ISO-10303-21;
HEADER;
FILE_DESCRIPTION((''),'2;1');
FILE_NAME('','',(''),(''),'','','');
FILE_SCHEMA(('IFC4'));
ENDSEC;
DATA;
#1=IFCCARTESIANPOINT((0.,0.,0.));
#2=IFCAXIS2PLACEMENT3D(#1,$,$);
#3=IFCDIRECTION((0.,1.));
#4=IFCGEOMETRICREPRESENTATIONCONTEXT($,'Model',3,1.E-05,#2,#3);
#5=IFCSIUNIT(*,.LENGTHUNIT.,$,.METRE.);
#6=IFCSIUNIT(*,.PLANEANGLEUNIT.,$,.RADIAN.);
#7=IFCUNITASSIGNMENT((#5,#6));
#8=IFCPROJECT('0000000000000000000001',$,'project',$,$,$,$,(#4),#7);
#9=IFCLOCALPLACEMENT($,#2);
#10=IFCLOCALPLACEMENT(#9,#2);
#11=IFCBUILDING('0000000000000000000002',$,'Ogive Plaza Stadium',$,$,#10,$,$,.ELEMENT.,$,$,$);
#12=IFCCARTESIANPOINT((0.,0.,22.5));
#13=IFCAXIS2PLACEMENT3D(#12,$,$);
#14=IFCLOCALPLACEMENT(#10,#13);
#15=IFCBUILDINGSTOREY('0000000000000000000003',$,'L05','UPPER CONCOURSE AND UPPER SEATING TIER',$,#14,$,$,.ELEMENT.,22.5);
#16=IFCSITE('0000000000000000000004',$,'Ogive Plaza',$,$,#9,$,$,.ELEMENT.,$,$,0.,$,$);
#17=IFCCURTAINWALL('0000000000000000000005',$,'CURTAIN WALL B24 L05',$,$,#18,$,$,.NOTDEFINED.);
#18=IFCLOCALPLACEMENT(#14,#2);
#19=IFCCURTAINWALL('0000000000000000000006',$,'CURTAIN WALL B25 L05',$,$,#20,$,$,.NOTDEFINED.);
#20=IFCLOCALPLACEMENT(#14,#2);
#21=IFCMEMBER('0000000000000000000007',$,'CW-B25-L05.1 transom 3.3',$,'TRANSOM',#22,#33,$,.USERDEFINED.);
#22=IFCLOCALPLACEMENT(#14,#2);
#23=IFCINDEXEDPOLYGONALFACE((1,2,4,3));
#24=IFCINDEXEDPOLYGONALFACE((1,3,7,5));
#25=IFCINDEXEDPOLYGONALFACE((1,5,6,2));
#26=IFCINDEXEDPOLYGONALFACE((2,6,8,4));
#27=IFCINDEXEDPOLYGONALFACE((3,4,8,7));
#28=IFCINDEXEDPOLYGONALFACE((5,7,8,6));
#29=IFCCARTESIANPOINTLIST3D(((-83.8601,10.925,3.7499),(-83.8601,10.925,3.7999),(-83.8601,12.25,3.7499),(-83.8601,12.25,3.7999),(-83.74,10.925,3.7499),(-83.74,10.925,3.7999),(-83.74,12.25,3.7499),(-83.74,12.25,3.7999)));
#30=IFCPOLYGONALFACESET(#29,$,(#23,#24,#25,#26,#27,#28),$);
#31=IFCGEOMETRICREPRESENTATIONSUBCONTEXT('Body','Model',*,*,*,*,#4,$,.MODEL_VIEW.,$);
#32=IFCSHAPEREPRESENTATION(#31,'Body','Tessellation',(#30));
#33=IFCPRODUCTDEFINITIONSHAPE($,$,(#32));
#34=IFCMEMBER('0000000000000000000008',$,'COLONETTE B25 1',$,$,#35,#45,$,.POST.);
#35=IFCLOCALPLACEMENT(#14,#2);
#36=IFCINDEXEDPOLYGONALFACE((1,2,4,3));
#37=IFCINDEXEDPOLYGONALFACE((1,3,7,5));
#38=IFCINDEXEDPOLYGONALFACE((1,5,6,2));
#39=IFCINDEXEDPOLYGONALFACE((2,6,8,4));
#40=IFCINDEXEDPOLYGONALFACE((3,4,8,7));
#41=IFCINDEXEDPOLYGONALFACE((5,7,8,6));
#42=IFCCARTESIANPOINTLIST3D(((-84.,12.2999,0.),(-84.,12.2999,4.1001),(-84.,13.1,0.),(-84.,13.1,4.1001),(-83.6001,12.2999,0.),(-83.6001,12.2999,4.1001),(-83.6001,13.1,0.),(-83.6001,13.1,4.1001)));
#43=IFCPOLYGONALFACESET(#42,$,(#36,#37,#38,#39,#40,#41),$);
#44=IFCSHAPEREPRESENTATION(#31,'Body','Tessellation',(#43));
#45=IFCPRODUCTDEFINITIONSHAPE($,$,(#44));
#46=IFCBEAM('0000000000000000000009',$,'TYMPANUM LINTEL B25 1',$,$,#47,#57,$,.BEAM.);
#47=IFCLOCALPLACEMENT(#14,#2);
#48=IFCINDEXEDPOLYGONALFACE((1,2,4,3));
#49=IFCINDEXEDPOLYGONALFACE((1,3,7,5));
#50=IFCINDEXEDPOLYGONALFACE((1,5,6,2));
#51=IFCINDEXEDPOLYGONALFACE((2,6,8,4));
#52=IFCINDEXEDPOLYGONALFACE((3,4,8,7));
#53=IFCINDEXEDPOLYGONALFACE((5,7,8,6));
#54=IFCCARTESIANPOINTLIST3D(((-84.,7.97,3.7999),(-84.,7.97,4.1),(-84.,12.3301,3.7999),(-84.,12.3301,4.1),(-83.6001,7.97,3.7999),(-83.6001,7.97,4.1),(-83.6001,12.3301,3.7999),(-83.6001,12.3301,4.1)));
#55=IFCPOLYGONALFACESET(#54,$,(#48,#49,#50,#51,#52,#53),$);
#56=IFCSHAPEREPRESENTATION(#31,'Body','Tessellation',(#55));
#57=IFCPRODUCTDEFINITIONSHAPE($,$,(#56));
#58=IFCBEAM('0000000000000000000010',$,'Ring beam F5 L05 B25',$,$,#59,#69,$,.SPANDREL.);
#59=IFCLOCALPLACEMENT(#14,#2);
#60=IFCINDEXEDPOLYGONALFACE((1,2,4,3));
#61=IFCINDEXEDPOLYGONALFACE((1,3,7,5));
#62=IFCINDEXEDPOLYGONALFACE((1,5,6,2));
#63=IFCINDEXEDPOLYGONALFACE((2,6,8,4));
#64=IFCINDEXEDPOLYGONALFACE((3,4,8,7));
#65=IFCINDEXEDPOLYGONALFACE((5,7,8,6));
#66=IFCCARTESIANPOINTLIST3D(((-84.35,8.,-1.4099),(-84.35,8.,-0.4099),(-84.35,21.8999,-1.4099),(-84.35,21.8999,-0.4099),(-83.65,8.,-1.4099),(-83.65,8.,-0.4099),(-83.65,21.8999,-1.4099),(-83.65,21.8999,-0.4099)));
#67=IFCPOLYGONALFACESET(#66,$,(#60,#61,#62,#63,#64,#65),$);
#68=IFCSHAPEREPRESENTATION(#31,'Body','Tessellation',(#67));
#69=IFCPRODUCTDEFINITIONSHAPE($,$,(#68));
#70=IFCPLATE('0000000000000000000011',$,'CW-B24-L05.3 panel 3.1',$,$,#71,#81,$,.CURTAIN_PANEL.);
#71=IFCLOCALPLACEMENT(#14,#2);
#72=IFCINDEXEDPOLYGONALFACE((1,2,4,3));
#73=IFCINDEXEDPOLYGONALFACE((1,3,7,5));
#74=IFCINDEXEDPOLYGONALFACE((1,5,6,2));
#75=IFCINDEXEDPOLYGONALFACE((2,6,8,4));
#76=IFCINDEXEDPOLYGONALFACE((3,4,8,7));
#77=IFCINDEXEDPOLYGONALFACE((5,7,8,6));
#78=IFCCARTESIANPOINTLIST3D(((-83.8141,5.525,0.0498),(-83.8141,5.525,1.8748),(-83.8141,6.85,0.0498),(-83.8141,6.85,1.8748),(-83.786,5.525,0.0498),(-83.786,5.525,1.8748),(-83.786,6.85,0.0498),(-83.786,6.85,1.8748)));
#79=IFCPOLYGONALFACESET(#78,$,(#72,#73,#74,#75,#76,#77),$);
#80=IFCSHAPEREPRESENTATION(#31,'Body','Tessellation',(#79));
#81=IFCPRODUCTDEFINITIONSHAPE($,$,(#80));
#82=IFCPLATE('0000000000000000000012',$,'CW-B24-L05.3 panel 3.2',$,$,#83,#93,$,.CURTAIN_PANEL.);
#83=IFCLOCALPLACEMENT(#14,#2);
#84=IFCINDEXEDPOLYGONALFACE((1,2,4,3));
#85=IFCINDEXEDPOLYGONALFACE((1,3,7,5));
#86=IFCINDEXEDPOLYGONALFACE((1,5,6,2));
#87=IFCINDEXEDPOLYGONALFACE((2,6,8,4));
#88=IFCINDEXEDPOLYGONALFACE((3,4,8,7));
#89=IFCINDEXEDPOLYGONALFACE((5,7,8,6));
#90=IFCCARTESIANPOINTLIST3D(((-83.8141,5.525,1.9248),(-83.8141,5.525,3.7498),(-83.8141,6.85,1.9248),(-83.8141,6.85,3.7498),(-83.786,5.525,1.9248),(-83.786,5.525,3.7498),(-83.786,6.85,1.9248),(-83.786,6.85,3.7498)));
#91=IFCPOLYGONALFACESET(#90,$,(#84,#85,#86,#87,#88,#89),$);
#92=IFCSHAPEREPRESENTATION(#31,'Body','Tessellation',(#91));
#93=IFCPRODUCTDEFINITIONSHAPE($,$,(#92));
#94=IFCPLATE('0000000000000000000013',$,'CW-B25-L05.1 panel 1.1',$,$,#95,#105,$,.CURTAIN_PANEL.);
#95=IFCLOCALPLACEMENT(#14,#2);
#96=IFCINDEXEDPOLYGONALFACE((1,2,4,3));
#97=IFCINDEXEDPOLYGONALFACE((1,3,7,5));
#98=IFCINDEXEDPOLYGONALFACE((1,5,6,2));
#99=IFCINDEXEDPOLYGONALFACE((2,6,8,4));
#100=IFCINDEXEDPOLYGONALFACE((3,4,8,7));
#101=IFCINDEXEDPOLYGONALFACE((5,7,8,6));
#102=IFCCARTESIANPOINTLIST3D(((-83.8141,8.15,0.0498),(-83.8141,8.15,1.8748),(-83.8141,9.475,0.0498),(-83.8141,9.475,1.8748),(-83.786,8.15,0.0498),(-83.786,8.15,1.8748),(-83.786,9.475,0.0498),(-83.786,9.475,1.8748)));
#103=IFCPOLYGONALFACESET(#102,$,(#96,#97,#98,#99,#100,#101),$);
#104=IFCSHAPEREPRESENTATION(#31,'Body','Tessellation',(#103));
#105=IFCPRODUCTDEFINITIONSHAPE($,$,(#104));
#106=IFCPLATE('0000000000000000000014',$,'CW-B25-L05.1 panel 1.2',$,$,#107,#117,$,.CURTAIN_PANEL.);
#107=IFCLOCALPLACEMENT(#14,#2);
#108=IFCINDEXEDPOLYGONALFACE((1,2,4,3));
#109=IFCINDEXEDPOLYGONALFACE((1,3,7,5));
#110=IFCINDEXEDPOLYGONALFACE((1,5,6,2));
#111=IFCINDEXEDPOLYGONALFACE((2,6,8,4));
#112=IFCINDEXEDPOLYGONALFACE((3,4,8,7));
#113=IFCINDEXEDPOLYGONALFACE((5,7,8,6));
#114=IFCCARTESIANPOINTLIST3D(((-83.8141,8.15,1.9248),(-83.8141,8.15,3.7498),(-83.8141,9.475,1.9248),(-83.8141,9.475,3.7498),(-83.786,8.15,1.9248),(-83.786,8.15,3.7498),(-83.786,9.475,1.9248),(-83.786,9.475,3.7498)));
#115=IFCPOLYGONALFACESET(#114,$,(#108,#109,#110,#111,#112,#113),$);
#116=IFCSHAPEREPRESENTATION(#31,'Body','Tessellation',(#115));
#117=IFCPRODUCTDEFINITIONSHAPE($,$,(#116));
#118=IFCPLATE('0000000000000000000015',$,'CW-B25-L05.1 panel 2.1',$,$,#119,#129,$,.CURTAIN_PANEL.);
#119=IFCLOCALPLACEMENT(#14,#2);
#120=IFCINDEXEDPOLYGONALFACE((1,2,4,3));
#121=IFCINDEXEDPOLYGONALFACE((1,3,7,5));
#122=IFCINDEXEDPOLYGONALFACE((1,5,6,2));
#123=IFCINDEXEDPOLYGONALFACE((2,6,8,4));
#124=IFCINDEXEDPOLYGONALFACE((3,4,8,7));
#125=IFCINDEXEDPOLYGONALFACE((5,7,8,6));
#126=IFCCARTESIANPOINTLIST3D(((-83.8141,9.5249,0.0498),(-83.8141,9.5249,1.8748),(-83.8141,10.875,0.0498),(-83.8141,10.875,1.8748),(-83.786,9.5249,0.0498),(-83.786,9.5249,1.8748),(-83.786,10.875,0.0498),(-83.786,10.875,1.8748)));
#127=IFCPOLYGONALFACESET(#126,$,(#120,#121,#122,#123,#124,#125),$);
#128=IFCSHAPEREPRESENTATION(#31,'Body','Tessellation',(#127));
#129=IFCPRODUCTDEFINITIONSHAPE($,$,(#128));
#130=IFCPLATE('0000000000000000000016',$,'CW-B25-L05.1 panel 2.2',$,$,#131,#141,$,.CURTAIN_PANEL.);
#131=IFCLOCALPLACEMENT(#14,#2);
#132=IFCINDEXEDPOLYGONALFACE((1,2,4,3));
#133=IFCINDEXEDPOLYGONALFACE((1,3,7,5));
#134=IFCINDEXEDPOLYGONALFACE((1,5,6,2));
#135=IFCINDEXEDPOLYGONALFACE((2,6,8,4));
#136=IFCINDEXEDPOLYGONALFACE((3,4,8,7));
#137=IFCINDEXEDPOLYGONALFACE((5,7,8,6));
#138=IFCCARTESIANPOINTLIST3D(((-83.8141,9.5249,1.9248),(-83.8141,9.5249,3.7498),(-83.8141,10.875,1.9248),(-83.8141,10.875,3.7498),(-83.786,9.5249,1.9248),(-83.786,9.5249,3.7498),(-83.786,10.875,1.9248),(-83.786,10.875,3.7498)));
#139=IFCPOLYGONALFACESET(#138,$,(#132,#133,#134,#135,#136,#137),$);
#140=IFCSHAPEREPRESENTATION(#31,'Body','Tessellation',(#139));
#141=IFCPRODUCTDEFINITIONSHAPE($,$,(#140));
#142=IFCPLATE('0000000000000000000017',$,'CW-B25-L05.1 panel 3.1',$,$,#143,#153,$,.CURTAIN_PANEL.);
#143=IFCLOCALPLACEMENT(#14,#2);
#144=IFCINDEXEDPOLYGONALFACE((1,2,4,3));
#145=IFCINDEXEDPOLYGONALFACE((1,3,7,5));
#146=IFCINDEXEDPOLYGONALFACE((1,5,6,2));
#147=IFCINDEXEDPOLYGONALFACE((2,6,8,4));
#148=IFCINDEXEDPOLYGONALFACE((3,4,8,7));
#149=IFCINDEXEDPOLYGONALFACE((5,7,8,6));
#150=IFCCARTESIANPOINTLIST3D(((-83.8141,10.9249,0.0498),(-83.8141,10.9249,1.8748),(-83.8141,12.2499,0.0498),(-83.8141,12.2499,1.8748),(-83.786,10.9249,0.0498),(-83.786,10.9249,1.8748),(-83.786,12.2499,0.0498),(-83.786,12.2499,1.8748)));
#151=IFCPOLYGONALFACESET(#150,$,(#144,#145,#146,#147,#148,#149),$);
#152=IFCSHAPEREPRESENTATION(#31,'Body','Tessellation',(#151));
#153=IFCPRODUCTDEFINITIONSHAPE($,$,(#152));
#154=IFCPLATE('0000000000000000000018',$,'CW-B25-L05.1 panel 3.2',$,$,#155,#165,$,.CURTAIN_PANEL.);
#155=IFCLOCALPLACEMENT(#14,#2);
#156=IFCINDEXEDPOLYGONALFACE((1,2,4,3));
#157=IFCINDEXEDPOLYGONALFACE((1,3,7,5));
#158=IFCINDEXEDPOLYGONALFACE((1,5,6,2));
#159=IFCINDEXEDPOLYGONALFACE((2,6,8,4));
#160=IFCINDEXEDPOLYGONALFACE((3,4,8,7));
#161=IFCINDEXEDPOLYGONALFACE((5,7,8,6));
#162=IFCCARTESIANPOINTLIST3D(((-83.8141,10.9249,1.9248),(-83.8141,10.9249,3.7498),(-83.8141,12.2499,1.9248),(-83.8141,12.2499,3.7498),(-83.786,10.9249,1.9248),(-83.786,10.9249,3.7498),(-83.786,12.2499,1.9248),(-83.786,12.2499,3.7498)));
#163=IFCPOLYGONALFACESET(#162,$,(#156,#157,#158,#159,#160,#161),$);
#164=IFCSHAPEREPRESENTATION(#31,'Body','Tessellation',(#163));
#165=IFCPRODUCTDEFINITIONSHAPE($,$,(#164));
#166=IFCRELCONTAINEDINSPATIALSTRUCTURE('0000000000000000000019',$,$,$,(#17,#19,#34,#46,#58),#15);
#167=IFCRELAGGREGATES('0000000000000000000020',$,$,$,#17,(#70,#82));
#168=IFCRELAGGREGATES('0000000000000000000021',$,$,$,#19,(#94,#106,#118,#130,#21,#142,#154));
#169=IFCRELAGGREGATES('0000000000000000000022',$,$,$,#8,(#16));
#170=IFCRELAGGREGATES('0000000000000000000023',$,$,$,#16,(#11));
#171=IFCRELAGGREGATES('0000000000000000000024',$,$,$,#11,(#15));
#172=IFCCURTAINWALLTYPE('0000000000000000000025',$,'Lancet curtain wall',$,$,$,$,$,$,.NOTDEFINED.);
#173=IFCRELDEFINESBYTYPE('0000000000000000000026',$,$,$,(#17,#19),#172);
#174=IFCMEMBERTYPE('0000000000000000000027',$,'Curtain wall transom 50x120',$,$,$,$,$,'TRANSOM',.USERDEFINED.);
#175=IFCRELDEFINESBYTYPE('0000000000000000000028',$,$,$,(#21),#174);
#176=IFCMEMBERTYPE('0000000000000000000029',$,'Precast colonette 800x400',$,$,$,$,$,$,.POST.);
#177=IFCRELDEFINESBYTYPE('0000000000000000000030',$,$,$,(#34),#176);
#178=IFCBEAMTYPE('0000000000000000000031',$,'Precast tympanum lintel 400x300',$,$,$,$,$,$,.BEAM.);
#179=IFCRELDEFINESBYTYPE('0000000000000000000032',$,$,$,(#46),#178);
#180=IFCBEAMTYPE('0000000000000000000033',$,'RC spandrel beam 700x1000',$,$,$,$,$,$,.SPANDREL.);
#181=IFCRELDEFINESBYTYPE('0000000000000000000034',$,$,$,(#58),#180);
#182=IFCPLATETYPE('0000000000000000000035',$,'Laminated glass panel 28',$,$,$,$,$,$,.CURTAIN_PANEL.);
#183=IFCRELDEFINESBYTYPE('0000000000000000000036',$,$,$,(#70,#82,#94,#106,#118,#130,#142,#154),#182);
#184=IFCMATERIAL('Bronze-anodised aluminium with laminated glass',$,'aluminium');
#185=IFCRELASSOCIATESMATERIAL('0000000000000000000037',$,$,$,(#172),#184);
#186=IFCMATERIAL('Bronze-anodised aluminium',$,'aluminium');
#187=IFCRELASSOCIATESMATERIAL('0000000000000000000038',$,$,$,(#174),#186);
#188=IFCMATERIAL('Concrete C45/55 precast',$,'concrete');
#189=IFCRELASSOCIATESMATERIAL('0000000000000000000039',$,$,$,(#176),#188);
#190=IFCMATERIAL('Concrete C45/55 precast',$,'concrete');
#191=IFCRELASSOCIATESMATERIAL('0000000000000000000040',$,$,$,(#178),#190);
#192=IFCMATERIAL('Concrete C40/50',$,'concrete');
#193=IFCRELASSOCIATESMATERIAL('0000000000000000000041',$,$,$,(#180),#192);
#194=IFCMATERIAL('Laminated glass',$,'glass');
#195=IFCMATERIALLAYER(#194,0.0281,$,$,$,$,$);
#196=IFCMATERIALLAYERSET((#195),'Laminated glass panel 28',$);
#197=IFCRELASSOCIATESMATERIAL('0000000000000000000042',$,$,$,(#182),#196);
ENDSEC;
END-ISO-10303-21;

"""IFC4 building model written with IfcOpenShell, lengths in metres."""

from ifc_helpers import new_model, si_unit, direction, frame, origin, origin_2d, place, context, subcontext, project, spatial, rectangle, extrude, material, layer, layer_set, material_profile, profile_set, type_object, element, aggregate, save


model = new_model("IFC4")

# Units and contexts
model_context = context("Model", 3, precision=1e-05, world=origin(), true_north=direction((0.0, 1.0)))
body_context = subcontext(model_context, "Body", "Model", "MODEL_VIEW")
ifc_project = project(units=[si_unit("LENGTHUNIT", "METRE"), si_unit("PLANEANGLEUNIT", "RADIAN")], contexts=[model_context])

# Site, building, storey
site_placement = place(None, origin())
site = spatial("IfcSite", under=ifc_project, at=site_placement, Name="Ogive Plaza", CompositionType="ELEMENT", RefElevation=0.0)
building_placement = place(site_placement, origin())
building = spatial("IfcBuilding", under=site, at=building_placement, Name="Ogive Plaza Stadium", CompositionType="ELEMENT")
storey_placement = place(building_placement, frame((0.0, 0.0, 22.5)))
storey = spatial("IfcBuildingStorey", under=building, at=storey_placement, Name="L05", Description="UPPER CONCOURSE AND UPPER SEATING TIER", CompositionType="ELEMENT", Elevation=22.5)

# Curtain wall
ifc_material_1 = material(Name="Bronze-anodised aluminium with laminated glass", Category="aluminium")
curtain_wall_type = type_object("IfcCurtainWallType", Name="Lancet curtain wall", PredefinedType="NOTDEFINED", material=ifc_material_1)
curtain_wall_1_placement = place(storey_placement, origin())
curtain_wall_1 = element("IfcCurtainWall", 1, at=curtain_wall_1_placement, inside=storey, type_object=curtain_wall_type, Name="CURTAIN WALL B24 L05", PredefinedType="NOTDEFINED")

# Curtain wall, member
curtain_wall_2_placement = place(storey_placement, origin())
curtain_wall_2 = element("IfcCurtainWall", 2, at=curtain_wall_2_placement, inside=storey, type_object=curtain_wall_type, Name="CURTAIN WALL B25 L05", PredefinedType="NOTDEFINED")
ifc_material_2 = material(Name="Bronze-anodised aluminium", Category="aluminium")
ifc_material_profile_1 = material_profile(ifc_material_2, rectangle(XDim=0.1201, YDim=0.05, at=origin_2d()), Name="AL 120x50")
ifc_profile_set_1 = profile_set([ifc_material_profile_1], Name="Bronze-anodised aluminium")
member_type_1 = type_object("IfcMemberType", Name="Curtain wall transom 50x120", ElementType="TRANSOM", PredefinedType="USERDEFINED", material=ifc_profile_set_1)
member_1_placement = place(storey_placement, frame((-83.8, 10.925, 3.7749), z_axis=(0.0, 1.0, 0.0), x_axis=(-1.0, 0.0, 0.0)))
member_1 = element("IfcMember", 3, at=member_1_placement, type_object=member_type_1, Name="CW-B25-L05.1 transom 3.3", ObjectType="TRANSOM", PredefinedType="USERDEFINED", context=body_context, shape_type="SweptSolid", body=[
    extrude(rectangle(XDim=0.1201, YDim=0.05, at=origin_2d()), origin(), (0.0, 0.0, 1.0), 1.325),
])

# Member
ifc_material_3 = material(Name="Concrete C45/55 precast", Category="concrete")
ifc_material_profile_2 = material_profile(ifc_material_3, rectangle(XDim=0.3999, YDim=0.8, at=origin_2d()), Name="RC 400x800")
ifc_profile_set_2 = profile_set([ifc_material_profile_2], Name="Concrete C45/55 precast")
member_type_2 = type_object("IfcMemberType", Name="Precast colonette 800x400", PredefinedType="POST", material=ifc_profile_set_2)
member_2_placement = place(storey_placement, frame((-83.8, 12.7, 0.0), z_axis=(0.0, 0.0, 1.0), x_axis=(-1.0, 0.0, 0.0)))
element("IfcMember", 4, at=member_2_placement, inside=storey, type_object=member_type_2, Name="COLONETTE B25 1", PredefinedType="POST", context=body_context, shape_type="SweptSolid", body=[
    extrude(rectangle(XDim=0.3999, YDim=0.8, at=origin_2d()), origin(), (0.0, 0.0, 1.0), 4.1001),
])

# Beams
ifc_material_4 = material(Name="Concrete C45/55 precast", Category="concrete")
ifc_material_profile_3 = material_profile(ifc_material_4, rectangle(XDim=0.3999, YDim=0.3, at=origin_2d()), Name="RC 400x300")
ifc_profile_set_3 = profile_set([ifc_material_profile_3], Name="Concrete C45/55 precast")
beam_type_1 = type_object("IfcBeamType", Name="Precast tympanum lintel 400x300", PredefinedType="BEAM", material=ifc_profile_set_3)
beam_1_placement = place(storey_placement, frame((-83.8, 7.97, 3.95), z_axis=(0.0, 1.0, 0.0), x_axis=(-1.0, 0.0, 0.0)))
element("IfcBeam", 5, at=beam_1_placement, inside=storey, type_object=beam_type_1, Name="TYMPANUM LINTEL B25 1", PredefinedType="BEAM", context=body_context, shape_type="SweptSolid", body=[
    extrude(rectangle(XDim=0.3999, YDim=0.3, at=origin_2d()), origin(), (0.0, 0.0, 1.0), 4.3601),
])
ifc_material_5 = material(Name="Concrete C40/50", Category="concrete")
ifc_material_profile_4 = material_profile(ifc_material_5, rectangle(XDim=0.7, YDim=1.0, at=origin_2d()), Name="RC 700x1000")
ifc_profile_set_4 = profile_set([ifc_material_profile_4], Name="Concrete C40/50")
beam_type_2 = type_object("IfcBeamType", Name="RC spandrel beam 700x1000", PredefinedType="SPANDREL", material=ifc_profile_set_4)
beam_2_placement = place(storey_placement, frame((-84.0, 8.0, -0.9099), z_axis=(0.0, 1.0, 0.0), x_axis=(-1.0, 0.0, 0.0)))
element("IfcBeam", 6, at=beam_2_placement, inside=storey, type_object=beam_type_2, Name="Ring beam F5 L05 B25", PredefinedType="SPANDREL", context=body_context, shape_type="SweptSolid", body=[
    extrude(rectangle(XDim=0.7, YDim=1.0, at=origin_2d()), origin(), (0.0, 0.0, 1.0), 13.8999),
])

# Plates
ifc_material_6 = material(Name="Laminated glass", Category="glass")
ifc_layer_1 = layer(ifc_material_6, 0.0281)
ifc_layer_set_1 = layer_set([ifc_layer_1], Name="Laminated glass panel 28")
plate_type = type_object("IfcPlateType", Name="Laminated glass panel 28", PredefinedType="CURTAIN_PANEL", material=ifc_layer_set_1)
plate_1_placement = place(storey_placement, frame((-83.8, 6.1875, 0.0498), z_axis=(0.0, 0.0, 1.0), x_axis=(0.0, 1.0, 0.0)))
plate_1 = element("IfcPlate", 7, at=plate_1_placement, type_object=plate_type, Name="CW-B24-L05.3 panel 3.1", PredefinedType="CURTAIN_PANEL", context=body_context, shape_type="SweptSolid", body=[
    extrude(rectangle(XDim=1.325, YDim=0.0281, at=origin_2d()), origin(), (0.0, 0.0, 1.0), 1.825),
])
plate_2_placement = place(storey_placement, frame((-83.8, 6.1875, 1.9248), z_axis=(0.0, 0.0, 1.0), x_axis=(0.0, 1.0, 0.0)))
plate_2 = element("IfcPlate", 8, at=plate_2_placement, type_object=plate_type, Name="CW-B24-L05.3 panel 3.2", PredefinedType="CURTAIN_PANEL", context=body_context, shape_type="SweptSolid", body=[
    extrude(rectangle(XDim=1.325, YDim=0.0281, at=origin_2d()), origin(), (0.0, 0.0, 1.0), 1.825),
])
aggregate(curtain_wall_1, [plate_1, plate_2])
plate_3_placement = place(storey_placement, frame((-83.8, 8.8125, 0.0498), z_axis=(0.0, 0.0, 1.0), x_axis=(0.0, 1.0, 0.0)))
plate_3 = element("IfcPlate", 9, at=plate_3_placement, type_object=plate_type, Name="CW-B25-L05.1 panel 1.1", PredefinedType="CURTAIN_PANEL", context=body_context, shape_type="SweptSolid", body=[
    extrude(rectangle(XDim=1.325, YDim=0.0281, at=origin_2d()), origin(), (0.0, 0.0, 1.0), 1.825),
])
plate_4_placement = place(storey_placement, frame((-83.8, 8.8125, 1.9248), z_axis=(0.0, 0.0, 1.0), x_axis=(0.0, 1.0, 0.0)))
plate_4 = element("IfcPlate", 10, at=plate_4_placement, type_object=plate_type, Name="CW-B25-L05.1 panel 1.2", PredefinedType="CURTAIN_PANEL", context=body_context, shape_type="SweptSolid", body=[
    extrude(rectangle(XDim=1.325, YDim=0.0281, at=origin_2d()), origin(), (0.0, 0.0, 1.0), 1.825),
])
plate_5_placement = place(storey_placement, frame((-83.8, 10.2, 0.0498), z_axis=(0.0, 0.0, 1.0), x_axis=(0.0, 1.0, 0.0)))
plate_5 = element("IfcPlate", 11, at=plate_5_placement, type_object=plate_type, Name="CW-B25-L05.1 panel 2.1", PredefinedType="CURTAIN_PANEL", context=body_context, shape_type="SweptSolid", body=[
    extrude(rectangle(XDim=1.3501, YDim=0.0281, at=origin_2d()), origin(), (0.0, 0.0, 1.0), 1.825),
])
plate_6_placement = place(storey_placement, frame((-83.8, 10.2, 1.9248), z_axis=(0.0, 0.0, 1.0), x_axis=(0.0, 1.0, 0.0)))
plate_6 = element("IfcPlate", 12, at=plate_6_placement, type_object=plate_type, Name="CW-B25-L05.1 panel 2.2", PredefinedType="CURTAIN_PANEL", context=body_context, shape_type="SweptSolid", body=[
    extrude(rectangle(XDim=1.3501, YDim=0.0281, at=origin_2d()), origin(), (0.0, 0.0, 1.0), 1.825),
])
plate_7_placement = place(storey_placement, frame((-83.8, 11.5874, 0.0498), z_axis=(0.0, 0.0, 1.0), x_axis=(0.0, 1.0, 0.0)))
plate_7 = element("IfcPlate", 13, at=plate_7_placement, type_object=plate_type, Name="CW-B25-L05.1 panel 3.1", PredefinedType="CURTAIN_PANEL", context=body_context, shape_type="SweptSolid", body=[
    extrude(rectangle(XDim=1.325, YDim=0.0281, at=origin_2d()), origin(), (0.0, 0.0, 1.0), 1.825),
])
plate_8_placement = place(storey_placement, frame((-83.8, 11.5874, 1.9248), z_axis=(0.0, 0.0, 1.0), x_axis=(0.0, 1.0, 0.0)))
plate_8 = element("IfcPlate", 14, at=plate_8_placement, type_object=plate_type, Name="CW-B25-L05.1 panel 3.2", PredefinedType="CURTAIN_PANEL", context=body_context, shape_type="SweptSolid", body=[
    extrude(rectangle(XDim=1.325, YDim=0.0281, at=origin_2d()), origin(), (0.0, 0.0, 1.0), 1.825),
])
aggregate(curtain_wall_2, [plate_3, plate_4, plate_5, plate_6, member_1, plate_7, plate_8])

save(model, "model.ifc")
